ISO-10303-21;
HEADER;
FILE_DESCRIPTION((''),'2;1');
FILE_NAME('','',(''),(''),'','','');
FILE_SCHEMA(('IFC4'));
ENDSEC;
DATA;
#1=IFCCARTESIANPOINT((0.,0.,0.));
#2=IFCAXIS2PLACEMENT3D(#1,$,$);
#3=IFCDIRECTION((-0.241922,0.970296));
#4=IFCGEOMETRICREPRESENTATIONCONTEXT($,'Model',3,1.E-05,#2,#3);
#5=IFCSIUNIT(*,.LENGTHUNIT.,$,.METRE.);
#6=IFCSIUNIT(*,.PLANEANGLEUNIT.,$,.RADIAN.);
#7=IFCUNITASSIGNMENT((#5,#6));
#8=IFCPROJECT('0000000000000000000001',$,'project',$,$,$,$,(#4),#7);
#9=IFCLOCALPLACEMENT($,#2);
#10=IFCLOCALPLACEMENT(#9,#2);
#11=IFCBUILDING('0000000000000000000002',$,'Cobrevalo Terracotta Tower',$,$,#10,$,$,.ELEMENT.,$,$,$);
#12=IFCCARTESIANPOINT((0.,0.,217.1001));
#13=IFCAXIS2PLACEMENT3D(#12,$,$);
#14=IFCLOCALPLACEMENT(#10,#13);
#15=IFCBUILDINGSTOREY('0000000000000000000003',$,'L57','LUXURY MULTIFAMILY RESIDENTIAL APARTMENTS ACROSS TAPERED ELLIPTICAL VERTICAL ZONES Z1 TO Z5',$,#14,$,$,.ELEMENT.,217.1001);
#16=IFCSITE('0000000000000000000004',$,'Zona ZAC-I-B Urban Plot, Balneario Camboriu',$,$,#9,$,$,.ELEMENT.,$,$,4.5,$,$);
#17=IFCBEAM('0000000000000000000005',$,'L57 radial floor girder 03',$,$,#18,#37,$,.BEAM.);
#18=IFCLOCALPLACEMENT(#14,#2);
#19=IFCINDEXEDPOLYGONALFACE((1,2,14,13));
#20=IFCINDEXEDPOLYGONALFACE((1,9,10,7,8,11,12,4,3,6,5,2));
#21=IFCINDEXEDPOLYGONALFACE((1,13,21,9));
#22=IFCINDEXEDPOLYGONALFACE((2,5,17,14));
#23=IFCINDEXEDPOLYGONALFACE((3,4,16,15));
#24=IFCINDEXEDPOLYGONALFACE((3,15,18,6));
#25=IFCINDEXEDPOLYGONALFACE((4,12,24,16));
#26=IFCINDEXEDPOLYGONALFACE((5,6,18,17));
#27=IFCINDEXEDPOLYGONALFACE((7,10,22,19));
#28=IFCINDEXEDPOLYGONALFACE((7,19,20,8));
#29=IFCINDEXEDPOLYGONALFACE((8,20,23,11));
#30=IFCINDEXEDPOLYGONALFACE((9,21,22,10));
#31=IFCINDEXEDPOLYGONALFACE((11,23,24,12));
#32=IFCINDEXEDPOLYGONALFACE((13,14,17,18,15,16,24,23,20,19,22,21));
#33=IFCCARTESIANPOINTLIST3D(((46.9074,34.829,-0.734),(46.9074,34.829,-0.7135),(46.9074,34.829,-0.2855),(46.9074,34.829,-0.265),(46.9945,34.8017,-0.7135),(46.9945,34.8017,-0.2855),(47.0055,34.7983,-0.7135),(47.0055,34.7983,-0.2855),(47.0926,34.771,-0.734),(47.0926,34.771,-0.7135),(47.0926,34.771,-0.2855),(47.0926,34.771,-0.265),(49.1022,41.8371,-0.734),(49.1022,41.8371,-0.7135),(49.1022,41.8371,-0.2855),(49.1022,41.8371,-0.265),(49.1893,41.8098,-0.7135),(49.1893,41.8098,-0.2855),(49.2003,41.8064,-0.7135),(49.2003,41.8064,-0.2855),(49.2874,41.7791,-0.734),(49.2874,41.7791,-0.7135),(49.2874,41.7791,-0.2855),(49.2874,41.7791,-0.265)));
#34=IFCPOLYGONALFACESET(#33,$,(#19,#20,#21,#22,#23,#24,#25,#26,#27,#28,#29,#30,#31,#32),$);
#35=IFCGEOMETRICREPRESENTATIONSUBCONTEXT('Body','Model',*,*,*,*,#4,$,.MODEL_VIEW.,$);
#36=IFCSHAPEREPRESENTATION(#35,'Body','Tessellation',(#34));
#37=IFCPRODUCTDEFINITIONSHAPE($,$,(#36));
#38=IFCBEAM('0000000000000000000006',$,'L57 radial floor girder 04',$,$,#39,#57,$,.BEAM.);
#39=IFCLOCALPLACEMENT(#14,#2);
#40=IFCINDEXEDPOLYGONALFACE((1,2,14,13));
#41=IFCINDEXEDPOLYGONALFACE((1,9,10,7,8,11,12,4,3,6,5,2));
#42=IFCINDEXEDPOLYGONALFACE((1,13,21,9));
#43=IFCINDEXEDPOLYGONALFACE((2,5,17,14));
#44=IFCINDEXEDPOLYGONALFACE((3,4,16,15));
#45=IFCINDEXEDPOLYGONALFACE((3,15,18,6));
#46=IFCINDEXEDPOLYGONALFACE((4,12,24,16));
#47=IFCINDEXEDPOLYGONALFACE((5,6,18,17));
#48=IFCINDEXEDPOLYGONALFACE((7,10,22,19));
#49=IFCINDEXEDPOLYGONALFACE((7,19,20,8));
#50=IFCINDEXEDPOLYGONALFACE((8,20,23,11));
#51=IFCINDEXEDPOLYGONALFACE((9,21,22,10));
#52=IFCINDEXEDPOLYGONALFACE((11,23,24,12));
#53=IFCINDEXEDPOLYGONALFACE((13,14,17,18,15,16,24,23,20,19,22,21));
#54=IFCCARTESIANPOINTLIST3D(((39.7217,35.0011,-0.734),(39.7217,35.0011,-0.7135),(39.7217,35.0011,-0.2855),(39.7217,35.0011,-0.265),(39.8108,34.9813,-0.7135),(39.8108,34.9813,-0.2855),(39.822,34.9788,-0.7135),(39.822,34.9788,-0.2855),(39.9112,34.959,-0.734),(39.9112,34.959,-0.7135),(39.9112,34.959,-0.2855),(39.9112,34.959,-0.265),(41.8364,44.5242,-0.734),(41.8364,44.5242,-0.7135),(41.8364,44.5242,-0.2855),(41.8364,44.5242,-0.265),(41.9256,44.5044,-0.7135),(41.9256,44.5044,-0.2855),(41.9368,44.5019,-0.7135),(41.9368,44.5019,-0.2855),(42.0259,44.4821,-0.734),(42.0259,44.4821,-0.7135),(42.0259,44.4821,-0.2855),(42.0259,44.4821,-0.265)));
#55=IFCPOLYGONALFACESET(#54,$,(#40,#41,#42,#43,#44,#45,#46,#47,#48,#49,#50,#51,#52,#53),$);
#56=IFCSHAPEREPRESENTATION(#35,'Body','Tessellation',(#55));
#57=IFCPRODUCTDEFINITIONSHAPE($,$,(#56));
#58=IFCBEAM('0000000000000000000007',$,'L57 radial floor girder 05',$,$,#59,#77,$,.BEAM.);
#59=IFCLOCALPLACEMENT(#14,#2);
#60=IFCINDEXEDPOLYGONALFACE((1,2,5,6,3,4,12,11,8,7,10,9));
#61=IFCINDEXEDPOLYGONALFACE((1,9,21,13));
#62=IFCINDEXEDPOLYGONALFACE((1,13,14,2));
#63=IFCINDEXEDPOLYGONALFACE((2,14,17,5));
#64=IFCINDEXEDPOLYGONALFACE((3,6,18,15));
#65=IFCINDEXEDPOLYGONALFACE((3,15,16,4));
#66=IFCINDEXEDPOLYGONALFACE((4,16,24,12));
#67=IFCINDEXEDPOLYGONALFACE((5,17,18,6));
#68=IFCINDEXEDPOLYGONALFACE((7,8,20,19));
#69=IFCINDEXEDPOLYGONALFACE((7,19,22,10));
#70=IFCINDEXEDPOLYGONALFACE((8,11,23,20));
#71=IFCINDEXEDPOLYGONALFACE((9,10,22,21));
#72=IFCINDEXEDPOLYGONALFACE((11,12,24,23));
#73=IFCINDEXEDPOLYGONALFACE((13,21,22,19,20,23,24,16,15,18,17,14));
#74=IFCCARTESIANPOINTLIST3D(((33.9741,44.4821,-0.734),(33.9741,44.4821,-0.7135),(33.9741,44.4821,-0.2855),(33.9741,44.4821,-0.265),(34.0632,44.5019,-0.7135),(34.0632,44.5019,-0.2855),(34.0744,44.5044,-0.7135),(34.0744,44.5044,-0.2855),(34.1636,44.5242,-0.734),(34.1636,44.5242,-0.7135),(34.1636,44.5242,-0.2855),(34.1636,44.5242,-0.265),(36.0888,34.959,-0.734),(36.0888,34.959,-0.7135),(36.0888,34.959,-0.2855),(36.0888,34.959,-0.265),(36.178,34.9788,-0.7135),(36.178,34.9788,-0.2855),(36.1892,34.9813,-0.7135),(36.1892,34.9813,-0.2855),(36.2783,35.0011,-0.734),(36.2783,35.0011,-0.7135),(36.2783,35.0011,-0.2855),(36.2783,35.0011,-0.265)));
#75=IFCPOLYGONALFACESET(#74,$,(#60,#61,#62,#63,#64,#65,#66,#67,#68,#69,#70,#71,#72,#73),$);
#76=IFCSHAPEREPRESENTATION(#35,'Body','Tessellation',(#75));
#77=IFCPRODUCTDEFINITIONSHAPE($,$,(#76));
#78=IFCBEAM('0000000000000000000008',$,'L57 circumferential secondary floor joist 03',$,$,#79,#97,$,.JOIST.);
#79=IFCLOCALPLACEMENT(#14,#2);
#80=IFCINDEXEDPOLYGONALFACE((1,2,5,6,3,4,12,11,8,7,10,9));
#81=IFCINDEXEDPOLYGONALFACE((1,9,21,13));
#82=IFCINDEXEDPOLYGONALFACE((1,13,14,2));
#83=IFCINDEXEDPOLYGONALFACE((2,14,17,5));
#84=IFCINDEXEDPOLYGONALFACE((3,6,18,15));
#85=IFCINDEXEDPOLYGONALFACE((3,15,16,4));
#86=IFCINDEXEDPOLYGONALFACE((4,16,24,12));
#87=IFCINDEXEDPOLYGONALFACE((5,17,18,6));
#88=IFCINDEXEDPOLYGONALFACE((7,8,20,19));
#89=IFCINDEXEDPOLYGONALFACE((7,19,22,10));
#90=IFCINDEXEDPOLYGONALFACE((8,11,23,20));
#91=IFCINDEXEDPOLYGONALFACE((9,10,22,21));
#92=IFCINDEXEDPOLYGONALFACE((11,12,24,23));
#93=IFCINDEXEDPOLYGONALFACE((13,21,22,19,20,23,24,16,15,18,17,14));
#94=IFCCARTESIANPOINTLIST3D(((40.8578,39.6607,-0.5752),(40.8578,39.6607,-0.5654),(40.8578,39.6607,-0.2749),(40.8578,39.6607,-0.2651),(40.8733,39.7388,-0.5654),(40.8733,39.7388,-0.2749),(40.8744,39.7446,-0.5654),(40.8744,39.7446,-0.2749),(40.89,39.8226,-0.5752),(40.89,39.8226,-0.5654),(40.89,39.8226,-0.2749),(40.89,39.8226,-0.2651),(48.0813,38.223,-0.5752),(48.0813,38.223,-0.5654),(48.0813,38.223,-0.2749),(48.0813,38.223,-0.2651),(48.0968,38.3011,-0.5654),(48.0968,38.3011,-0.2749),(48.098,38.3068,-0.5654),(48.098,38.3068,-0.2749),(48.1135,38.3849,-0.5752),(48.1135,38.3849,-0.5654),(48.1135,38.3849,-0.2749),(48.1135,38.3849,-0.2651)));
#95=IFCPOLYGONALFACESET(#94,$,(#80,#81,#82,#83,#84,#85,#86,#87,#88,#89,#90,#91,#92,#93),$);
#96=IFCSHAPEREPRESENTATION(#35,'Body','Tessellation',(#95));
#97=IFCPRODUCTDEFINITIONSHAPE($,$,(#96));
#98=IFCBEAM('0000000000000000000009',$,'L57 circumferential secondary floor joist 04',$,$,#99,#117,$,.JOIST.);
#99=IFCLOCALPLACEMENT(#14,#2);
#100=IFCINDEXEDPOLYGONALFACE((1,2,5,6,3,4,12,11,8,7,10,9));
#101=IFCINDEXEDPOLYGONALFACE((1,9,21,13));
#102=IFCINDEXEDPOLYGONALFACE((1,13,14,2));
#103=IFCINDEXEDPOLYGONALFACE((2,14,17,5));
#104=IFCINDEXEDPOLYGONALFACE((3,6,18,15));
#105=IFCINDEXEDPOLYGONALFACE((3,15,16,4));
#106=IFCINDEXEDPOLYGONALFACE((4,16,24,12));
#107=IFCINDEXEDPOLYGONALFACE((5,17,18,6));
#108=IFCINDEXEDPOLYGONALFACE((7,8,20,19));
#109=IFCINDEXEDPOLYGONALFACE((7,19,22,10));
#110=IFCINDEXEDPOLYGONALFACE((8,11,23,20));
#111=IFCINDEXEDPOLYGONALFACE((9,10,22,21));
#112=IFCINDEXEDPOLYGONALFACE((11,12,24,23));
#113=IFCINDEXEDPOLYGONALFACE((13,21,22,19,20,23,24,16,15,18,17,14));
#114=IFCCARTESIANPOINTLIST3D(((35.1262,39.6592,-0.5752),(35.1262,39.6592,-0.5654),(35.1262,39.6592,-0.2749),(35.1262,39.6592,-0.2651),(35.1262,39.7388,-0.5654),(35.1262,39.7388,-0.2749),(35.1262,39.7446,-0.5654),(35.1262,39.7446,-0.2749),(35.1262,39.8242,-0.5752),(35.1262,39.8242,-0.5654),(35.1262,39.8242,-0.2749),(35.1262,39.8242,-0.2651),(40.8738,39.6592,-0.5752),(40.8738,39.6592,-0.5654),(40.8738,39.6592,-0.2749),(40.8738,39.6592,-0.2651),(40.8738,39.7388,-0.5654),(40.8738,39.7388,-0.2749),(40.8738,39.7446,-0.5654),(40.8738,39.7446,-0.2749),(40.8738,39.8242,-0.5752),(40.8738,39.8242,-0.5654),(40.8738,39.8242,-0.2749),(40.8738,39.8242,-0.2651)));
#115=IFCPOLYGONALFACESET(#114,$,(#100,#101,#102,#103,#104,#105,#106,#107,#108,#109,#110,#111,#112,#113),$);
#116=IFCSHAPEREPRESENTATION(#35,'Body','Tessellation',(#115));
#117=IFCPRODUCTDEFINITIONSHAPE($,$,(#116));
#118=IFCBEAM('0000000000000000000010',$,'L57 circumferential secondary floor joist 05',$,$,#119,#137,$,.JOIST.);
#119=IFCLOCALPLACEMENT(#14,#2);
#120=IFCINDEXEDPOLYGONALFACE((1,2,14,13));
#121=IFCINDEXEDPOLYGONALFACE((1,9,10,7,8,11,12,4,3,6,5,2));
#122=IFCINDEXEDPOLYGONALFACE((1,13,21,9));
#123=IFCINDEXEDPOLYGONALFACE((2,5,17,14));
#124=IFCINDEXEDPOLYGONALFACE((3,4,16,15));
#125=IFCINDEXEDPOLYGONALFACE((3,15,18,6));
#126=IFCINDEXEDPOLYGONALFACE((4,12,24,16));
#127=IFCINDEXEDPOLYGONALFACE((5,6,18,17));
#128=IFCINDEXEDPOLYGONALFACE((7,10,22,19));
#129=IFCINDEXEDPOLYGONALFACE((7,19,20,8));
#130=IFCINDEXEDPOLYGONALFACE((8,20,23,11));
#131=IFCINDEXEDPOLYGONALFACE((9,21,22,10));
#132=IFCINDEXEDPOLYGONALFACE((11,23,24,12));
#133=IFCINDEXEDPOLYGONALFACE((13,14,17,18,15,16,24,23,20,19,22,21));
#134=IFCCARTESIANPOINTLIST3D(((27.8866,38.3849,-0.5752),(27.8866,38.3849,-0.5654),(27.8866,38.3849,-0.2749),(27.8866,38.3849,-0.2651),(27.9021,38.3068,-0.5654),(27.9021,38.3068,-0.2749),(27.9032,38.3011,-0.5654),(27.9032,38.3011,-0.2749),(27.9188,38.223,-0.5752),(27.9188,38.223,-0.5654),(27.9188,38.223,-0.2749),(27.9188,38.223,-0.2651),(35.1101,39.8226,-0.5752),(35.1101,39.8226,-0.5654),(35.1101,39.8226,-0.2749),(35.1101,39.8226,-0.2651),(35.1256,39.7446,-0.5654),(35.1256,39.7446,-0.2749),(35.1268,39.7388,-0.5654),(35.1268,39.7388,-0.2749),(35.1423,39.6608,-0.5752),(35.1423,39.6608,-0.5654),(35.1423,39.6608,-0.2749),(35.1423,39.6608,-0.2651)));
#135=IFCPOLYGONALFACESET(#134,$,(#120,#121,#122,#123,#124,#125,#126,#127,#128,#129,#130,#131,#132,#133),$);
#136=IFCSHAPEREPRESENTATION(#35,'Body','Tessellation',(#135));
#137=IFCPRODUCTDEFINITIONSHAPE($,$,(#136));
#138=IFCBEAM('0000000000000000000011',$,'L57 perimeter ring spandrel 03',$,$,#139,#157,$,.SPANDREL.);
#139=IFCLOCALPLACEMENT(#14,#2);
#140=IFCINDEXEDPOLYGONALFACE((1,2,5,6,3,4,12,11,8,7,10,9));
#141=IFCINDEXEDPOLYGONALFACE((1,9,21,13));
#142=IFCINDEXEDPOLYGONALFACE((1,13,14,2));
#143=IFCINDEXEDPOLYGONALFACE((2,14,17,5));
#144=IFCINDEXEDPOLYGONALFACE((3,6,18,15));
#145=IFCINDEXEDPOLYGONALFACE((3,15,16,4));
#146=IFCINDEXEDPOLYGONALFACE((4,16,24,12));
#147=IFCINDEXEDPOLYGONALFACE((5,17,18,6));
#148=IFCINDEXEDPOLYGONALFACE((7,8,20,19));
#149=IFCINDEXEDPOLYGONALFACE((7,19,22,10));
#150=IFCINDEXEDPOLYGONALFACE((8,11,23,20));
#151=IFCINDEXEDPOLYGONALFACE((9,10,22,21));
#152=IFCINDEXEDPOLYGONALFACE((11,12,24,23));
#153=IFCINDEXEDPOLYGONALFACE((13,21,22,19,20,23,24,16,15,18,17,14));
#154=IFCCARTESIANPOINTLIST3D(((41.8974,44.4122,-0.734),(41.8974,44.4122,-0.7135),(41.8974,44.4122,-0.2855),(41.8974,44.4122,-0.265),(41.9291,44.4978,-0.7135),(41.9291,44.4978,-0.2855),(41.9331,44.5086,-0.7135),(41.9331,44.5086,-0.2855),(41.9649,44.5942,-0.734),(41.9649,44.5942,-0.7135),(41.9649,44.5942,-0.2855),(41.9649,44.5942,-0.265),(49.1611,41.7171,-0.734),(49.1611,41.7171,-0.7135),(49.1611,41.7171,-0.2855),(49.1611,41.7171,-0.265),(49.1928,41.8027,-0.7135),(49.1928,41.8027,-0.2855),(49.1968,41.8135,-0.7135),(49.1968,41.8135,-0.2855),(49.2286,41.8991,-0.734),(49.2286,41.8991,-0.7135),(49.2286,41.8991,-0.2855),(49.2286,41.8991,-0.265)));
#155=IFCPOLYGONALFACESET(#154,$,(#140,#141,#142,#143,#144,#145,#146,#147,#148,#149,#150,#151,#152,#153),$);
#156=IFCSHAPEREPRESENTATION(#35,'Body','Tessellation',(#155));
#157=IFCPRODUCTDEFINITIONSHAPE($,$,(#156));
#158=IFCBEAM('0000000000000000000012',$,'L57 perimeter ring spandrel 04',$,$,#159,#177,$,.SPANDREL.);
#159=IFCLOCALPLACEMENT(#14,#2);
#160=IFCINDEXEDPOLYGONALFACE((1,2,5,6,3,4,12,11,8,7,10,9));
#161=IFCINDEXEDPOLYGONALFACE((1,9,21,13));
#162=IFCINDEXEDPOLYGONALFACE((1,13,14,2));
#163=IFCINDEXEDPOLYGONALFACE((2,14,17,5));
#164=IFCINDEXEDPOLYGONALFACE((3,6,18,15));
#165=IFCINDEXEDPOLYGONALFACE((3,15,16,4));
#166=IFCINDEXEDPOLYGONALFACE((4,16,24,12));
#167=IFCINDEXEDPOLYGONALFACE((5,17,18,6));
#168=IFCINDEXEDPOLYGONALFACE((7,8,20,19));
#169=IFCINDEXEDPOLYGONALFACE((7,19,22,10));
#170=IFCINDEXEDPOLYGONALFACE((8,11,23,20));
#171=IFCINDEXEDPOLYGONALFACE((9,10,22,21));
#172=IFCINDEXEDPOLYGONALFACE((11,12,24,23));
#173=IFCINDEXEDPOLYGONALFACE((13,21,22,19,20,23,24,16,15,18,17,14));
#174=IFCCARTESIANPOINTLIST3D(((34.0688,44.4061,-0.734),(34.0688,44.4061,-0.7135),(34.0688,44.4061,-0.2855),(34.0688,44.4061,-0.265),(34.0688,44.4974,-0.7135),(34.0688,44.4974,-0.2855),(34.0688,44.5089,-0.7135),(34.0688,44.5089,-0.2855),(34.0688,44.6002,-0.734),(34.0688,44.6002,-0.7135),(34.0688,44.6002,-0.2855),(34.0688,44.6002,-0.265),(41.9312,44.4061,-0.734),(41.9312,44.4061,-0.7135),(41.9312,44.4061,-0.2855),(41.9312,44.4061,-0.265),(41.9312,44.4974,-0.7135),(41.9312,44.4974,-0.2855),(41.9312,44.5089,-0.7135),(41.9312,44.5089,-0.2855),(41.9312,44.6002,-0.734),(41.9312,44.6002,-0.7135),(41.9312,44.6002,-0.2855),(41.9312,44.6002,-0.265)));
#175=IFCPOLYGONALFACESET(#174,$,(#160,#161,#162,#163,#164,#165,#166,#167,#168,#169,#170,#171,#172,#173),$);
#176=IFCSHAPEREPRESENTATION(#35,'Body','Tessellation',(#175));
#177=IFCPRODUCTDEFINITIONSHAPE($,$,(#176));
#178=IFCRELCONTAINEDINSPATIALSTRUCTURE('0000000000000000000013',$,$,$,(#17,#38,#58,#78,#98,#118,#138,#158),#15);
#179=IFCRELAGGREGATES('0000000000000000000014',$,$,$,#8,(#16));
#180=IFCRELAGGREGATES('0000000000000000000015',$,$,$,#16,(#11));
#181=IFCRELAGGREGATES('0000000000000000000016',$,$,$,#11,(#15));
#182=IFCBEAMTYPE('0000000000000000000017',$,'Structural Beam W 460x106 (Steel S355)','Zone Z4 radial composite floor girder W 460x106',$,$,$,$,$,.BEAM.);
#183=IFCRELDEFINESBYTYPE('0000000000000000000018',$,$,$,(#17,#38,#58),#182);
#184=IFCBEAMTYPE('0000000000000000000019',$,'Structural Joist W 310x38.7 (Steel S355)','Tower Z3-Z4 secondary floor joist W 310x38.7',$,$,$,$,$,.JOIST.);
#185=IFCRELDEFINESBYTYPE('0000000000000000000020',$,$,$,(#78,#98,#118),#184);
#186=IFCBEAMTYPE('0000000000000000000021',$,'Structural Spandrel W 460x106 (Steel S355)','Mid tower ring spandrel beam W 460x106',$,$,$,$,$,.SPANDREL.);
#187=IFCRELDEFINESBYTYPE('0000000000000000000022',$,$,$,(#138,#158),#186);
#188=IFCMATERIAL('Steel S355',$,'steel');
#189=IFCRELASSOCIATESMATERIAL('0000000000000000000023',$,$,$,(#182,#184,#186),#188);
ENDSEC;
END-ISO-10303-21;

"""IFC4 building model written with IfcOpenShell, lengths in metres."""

from ifc_helpers import new_model, si_unit, direction, frame, origin, origin_2d, place, context, subcontext, project, spatial, i_section, extrude, material, material_profile, profile_set, type_object, element, save


model = new_model("IFC4")

# Units and contexts
model_context = context("Model", 3, precision=1e-05, world=origin(), true_north=direction((-0.241922, 0.970296)))
body_context = subcontext(model_context, "Body", "Model", "MODEL_VIEW")
ifc_project = project(units=[si_unit("LENGTHUNIT", "METRE"), si_unit("PLANEANGLEUNIT", "RADIAN")], contexts=[model_context])

# Site, building, storey
site_placement = place(None, origin())
site = spatial("IfcSite", under=ifc_project, at=site_placement, Name="Zona ZAC-I-B Urban Plot, Balneario Camboriu", CompositionType="ELEMENT", RefElevation=4.5)
building_placement = place(site_placement, origin())
building = spatial("IfcBuilding", under=site, at=building_placement, Name="Cobrevalo Terracotta Tower", CompositionType="ELEMENT")
storey_placement = place(building_placement, frame((0.0, 0.0, 217.1001)))
storey = spatial("IfcBuildingStorey", under=building, at=storey_placement, Name="L57", Description="LUXURY MULTIFAMILY RESIDENTIAL APARTMENTS ACROSS TAPERED ELLIPTICAL VERTICAL ZONES Z1 TO Z5", CompositionType="ELEMENT", Elevation=217.1001)

# Shared definitions
ifc_material_1 = material(Name="Steel S355", Category="steel")

# Beams
ifc_material_profile_1 = material_profile(ifc_material_1, i_section(OverallWidth=0.1941, OverallDepth=0.469, WebThickness=0.0115, FlangeThickness=0.0205, at=origin_2d()), Name="W 460x106")
ifc_profile_set_1 = profile_set([ifc_material_profile_1], Name="Steel S355")
beam_type_1 = type_object("IfcBeamType", Name="Structural Beam W 460x106 (Steel S355)", Description="Zone Z4 radial composite floor girder W 460x106", PredefinedType="BEAM", material=ifc_profile_set_1)
beam_1_placement = place(storey_placement, frame((49.1948, 41.8081, -0.4995), z_axis=(-0.298871, -0.954293, 0.0), x_axis=(0.954293, -0.298871, 0.0)))
element("IfcBeam", 1, at=beam_1_placement, inside=storey, type_object=beam_type_1, Name="L57 radial floor girder 03", PredefinedType="BEAM", context=body_context, shape_type="SweptSolid", body=[
    extrude(i_section(OverallWidth=0.1941, OverallDepth=0.469, WebThickness=0.0115, FlangeThickness=0.0205, at=origin_2d()), origin(), (0.0, 0.0, 1.0), 7.3438),
])
for number, where, z_axis, x_axis, name in (
    (2, (41.9312, 44.5032, -0.4995), (-0.216782, -0.97622, 0.0), (0.97622, -0.216782, 0.0), "L57 radial floor girder 04"),
    (3, (34.0688, 44.5032, -0.4995), (0.216782, -0.97622, 0.0), (0.97622, 0.216782, 0.0), "L57 radial floor girder 05"),
):
    element("IfcBeam", number, at=place(storey_placement, frame(where, z_axis=z_axis, x_axis=x_axis)), inside=storey, type_object=beam_type_1, Name=name, PredefinedType="BEAM", context=body_context, shape_type="SweptSolid", body=[
        extrude(i_section(OverallWidth=0.1941, OverallDepth=0.469, WebThickness=0.0115, FlangeThickness=0.0205, at=origin_2d()), origin(), (0.0, 0.0, 1.0), 9.7551),
    ])
ifc_material_profile_2 = material_profile(ifc_material_1, i_section(OverallWidth=0.165, OverallDepth=0.3101, WebThickness=0.0059, FlangeThickness=0.0098, at=origin_2d()), Name="W 310x38.7")
ifc_profile_set_2 = profile_set([ifc_material_profile_2], Name="Steel S355")
beam_type_2 = type_object("IfcBeamType", Name="Structural Joist W 310x38.7 (Steel S355)", Description="Tower Z3-Z4 secondary floor joist W 310x38.7", PredefinedType="JOIST", material=ifc_profile_set_2)
beam_2_placement = place(storey_placement, frame((48.0974, 38.304, -0.4202), z_axis=(-0.980763, 0.195204, 0.0), x_axis=(-0.195204, -0.980763, 0.0)))
element("IfcBeam", 4, at=beam_2_placement, inside=storey, type_object=beam_type_2, Name="L57 circumferential secondary floor joist 03", PredefinedType="JOIST", context=body_context, shape_type="SweptSolid", body=[
    extrude(i_section(OverallWidth=0.165, OverallDepth=0.3101, WebThickness=0.0059, FlangeThickness=0.0098, at=origin_2d()), origin(), (0.0, 0.0, 1.0), 7.3652),
])
beam_3_placement = place(storey_placement, frame((40.8738, 39.7417, -0.4202), z_axis=(-1.0, 0.0, 0.0), x_axis=(0.0, -1.0, 0.0)))
element("IfcBeam", 5, at=beam_3_placement, inside=storey, type_object=beam_type_2, Name="L57 circumferential secondary floor joist 04", PredefinedType="JOIST", context=body_context, shape_type="SweptSolid", body=[
    extrude(i_section(OverallWidth=0.165, OverallDepth=0.3101, WebThickness=0.0059, FlangeThickness=0.0098, at=origin_2d()), origin(), (0.0, 0.0, 1.0), 5.7476),
])
beam_4_placement = place(storey_placement, frame((35.1262, 39.7417, -0.4202), z_axis=(-0.980763, -0.195204, 0.0), x_axis=(0.195204, -0.980763, 0.0)))
element("IfcBeam", 6, at=beam_4_placement, inside=storey, type_object=beam_type_2, Name="L57 circumferential secondary floor joist 05", PredefinedType="JOIST", context=body_context, shape_type="SweptSolid", body=[
    extrude(i_section(OverallWidth=0.165, OverallDepth=0.3101, WebThickness=0.0059, FlangeThickness=0.0098, at=origin_2d()), origin(), (0.0, 0.0, 1.0), 7.3652),
])
ifc_material_profile_3 = material_profile(ifc_material_1, i_section(OverallWidth=0.1941, OverallDepth=0.469, WebThickness=0.0115, FlangeThickness=0.0205, at=origin_2d()), Name="W 460x106")
ifc_profile_set_3 = profile_set([ifc_material_profile_3], Name="Steel S355")
beam_type_3 = type_object("IfcBeamType", Name="Structural Spandrel W 460x106 (Steel S355)", Description="Mid tower ring spandrel beam W 460x106", PredefinedType="SPANDREL", material=ifc_profile_set_3)
beam_5_placement = place(storey_placement, frame((49.1948, 41.8081, -0.4995), z_axis=(-0.937546, 0.347861, 0.0), x_axis=(-0.347861, -0.937546, 0.0)))
element("IfcBeam", 7, at=beam_5_placement, inside=storey, type_object=beam_type_3, Name="L57 perimeter ring spandrel 03", PredefinedType="SPANDREL", context=body_context, shape_type="SweptSolid", body=[
    extrude(i_section(OverallWidth=0.1941, OverallDepth=0.469, WebThickness=0.0115, FlangeThickness=0.0205, at=origin_2d()), origin(), (0.0, 0.0, 1.0), 7.7476),
])
beam_6_placement = place(storey_placement, frame((41.9312, 44.5032, -0.4995), z_axis=(-1.0, 0.0, 0.0), x_axis=(0.0, -1.0, 0.0)))
element("IfcBeam", 8, at=beam_6_placement, inside=storey, type_object=beam_type_3, Name="L57 perimeter ring spandrel 04", PredefinedType="SPANDREL", context=body_context, shape_type="SweptSolid", body=[
    extrude(i_section(OverallWidth=0.1941, OverallDepth=0.469, WebThickness=0.0115, FlangeThickness=0.0205, at=origin_2d()), origin(), (0.0, 0.0, 1.0), 7.8623),
])

save(model, "model.ifc")
